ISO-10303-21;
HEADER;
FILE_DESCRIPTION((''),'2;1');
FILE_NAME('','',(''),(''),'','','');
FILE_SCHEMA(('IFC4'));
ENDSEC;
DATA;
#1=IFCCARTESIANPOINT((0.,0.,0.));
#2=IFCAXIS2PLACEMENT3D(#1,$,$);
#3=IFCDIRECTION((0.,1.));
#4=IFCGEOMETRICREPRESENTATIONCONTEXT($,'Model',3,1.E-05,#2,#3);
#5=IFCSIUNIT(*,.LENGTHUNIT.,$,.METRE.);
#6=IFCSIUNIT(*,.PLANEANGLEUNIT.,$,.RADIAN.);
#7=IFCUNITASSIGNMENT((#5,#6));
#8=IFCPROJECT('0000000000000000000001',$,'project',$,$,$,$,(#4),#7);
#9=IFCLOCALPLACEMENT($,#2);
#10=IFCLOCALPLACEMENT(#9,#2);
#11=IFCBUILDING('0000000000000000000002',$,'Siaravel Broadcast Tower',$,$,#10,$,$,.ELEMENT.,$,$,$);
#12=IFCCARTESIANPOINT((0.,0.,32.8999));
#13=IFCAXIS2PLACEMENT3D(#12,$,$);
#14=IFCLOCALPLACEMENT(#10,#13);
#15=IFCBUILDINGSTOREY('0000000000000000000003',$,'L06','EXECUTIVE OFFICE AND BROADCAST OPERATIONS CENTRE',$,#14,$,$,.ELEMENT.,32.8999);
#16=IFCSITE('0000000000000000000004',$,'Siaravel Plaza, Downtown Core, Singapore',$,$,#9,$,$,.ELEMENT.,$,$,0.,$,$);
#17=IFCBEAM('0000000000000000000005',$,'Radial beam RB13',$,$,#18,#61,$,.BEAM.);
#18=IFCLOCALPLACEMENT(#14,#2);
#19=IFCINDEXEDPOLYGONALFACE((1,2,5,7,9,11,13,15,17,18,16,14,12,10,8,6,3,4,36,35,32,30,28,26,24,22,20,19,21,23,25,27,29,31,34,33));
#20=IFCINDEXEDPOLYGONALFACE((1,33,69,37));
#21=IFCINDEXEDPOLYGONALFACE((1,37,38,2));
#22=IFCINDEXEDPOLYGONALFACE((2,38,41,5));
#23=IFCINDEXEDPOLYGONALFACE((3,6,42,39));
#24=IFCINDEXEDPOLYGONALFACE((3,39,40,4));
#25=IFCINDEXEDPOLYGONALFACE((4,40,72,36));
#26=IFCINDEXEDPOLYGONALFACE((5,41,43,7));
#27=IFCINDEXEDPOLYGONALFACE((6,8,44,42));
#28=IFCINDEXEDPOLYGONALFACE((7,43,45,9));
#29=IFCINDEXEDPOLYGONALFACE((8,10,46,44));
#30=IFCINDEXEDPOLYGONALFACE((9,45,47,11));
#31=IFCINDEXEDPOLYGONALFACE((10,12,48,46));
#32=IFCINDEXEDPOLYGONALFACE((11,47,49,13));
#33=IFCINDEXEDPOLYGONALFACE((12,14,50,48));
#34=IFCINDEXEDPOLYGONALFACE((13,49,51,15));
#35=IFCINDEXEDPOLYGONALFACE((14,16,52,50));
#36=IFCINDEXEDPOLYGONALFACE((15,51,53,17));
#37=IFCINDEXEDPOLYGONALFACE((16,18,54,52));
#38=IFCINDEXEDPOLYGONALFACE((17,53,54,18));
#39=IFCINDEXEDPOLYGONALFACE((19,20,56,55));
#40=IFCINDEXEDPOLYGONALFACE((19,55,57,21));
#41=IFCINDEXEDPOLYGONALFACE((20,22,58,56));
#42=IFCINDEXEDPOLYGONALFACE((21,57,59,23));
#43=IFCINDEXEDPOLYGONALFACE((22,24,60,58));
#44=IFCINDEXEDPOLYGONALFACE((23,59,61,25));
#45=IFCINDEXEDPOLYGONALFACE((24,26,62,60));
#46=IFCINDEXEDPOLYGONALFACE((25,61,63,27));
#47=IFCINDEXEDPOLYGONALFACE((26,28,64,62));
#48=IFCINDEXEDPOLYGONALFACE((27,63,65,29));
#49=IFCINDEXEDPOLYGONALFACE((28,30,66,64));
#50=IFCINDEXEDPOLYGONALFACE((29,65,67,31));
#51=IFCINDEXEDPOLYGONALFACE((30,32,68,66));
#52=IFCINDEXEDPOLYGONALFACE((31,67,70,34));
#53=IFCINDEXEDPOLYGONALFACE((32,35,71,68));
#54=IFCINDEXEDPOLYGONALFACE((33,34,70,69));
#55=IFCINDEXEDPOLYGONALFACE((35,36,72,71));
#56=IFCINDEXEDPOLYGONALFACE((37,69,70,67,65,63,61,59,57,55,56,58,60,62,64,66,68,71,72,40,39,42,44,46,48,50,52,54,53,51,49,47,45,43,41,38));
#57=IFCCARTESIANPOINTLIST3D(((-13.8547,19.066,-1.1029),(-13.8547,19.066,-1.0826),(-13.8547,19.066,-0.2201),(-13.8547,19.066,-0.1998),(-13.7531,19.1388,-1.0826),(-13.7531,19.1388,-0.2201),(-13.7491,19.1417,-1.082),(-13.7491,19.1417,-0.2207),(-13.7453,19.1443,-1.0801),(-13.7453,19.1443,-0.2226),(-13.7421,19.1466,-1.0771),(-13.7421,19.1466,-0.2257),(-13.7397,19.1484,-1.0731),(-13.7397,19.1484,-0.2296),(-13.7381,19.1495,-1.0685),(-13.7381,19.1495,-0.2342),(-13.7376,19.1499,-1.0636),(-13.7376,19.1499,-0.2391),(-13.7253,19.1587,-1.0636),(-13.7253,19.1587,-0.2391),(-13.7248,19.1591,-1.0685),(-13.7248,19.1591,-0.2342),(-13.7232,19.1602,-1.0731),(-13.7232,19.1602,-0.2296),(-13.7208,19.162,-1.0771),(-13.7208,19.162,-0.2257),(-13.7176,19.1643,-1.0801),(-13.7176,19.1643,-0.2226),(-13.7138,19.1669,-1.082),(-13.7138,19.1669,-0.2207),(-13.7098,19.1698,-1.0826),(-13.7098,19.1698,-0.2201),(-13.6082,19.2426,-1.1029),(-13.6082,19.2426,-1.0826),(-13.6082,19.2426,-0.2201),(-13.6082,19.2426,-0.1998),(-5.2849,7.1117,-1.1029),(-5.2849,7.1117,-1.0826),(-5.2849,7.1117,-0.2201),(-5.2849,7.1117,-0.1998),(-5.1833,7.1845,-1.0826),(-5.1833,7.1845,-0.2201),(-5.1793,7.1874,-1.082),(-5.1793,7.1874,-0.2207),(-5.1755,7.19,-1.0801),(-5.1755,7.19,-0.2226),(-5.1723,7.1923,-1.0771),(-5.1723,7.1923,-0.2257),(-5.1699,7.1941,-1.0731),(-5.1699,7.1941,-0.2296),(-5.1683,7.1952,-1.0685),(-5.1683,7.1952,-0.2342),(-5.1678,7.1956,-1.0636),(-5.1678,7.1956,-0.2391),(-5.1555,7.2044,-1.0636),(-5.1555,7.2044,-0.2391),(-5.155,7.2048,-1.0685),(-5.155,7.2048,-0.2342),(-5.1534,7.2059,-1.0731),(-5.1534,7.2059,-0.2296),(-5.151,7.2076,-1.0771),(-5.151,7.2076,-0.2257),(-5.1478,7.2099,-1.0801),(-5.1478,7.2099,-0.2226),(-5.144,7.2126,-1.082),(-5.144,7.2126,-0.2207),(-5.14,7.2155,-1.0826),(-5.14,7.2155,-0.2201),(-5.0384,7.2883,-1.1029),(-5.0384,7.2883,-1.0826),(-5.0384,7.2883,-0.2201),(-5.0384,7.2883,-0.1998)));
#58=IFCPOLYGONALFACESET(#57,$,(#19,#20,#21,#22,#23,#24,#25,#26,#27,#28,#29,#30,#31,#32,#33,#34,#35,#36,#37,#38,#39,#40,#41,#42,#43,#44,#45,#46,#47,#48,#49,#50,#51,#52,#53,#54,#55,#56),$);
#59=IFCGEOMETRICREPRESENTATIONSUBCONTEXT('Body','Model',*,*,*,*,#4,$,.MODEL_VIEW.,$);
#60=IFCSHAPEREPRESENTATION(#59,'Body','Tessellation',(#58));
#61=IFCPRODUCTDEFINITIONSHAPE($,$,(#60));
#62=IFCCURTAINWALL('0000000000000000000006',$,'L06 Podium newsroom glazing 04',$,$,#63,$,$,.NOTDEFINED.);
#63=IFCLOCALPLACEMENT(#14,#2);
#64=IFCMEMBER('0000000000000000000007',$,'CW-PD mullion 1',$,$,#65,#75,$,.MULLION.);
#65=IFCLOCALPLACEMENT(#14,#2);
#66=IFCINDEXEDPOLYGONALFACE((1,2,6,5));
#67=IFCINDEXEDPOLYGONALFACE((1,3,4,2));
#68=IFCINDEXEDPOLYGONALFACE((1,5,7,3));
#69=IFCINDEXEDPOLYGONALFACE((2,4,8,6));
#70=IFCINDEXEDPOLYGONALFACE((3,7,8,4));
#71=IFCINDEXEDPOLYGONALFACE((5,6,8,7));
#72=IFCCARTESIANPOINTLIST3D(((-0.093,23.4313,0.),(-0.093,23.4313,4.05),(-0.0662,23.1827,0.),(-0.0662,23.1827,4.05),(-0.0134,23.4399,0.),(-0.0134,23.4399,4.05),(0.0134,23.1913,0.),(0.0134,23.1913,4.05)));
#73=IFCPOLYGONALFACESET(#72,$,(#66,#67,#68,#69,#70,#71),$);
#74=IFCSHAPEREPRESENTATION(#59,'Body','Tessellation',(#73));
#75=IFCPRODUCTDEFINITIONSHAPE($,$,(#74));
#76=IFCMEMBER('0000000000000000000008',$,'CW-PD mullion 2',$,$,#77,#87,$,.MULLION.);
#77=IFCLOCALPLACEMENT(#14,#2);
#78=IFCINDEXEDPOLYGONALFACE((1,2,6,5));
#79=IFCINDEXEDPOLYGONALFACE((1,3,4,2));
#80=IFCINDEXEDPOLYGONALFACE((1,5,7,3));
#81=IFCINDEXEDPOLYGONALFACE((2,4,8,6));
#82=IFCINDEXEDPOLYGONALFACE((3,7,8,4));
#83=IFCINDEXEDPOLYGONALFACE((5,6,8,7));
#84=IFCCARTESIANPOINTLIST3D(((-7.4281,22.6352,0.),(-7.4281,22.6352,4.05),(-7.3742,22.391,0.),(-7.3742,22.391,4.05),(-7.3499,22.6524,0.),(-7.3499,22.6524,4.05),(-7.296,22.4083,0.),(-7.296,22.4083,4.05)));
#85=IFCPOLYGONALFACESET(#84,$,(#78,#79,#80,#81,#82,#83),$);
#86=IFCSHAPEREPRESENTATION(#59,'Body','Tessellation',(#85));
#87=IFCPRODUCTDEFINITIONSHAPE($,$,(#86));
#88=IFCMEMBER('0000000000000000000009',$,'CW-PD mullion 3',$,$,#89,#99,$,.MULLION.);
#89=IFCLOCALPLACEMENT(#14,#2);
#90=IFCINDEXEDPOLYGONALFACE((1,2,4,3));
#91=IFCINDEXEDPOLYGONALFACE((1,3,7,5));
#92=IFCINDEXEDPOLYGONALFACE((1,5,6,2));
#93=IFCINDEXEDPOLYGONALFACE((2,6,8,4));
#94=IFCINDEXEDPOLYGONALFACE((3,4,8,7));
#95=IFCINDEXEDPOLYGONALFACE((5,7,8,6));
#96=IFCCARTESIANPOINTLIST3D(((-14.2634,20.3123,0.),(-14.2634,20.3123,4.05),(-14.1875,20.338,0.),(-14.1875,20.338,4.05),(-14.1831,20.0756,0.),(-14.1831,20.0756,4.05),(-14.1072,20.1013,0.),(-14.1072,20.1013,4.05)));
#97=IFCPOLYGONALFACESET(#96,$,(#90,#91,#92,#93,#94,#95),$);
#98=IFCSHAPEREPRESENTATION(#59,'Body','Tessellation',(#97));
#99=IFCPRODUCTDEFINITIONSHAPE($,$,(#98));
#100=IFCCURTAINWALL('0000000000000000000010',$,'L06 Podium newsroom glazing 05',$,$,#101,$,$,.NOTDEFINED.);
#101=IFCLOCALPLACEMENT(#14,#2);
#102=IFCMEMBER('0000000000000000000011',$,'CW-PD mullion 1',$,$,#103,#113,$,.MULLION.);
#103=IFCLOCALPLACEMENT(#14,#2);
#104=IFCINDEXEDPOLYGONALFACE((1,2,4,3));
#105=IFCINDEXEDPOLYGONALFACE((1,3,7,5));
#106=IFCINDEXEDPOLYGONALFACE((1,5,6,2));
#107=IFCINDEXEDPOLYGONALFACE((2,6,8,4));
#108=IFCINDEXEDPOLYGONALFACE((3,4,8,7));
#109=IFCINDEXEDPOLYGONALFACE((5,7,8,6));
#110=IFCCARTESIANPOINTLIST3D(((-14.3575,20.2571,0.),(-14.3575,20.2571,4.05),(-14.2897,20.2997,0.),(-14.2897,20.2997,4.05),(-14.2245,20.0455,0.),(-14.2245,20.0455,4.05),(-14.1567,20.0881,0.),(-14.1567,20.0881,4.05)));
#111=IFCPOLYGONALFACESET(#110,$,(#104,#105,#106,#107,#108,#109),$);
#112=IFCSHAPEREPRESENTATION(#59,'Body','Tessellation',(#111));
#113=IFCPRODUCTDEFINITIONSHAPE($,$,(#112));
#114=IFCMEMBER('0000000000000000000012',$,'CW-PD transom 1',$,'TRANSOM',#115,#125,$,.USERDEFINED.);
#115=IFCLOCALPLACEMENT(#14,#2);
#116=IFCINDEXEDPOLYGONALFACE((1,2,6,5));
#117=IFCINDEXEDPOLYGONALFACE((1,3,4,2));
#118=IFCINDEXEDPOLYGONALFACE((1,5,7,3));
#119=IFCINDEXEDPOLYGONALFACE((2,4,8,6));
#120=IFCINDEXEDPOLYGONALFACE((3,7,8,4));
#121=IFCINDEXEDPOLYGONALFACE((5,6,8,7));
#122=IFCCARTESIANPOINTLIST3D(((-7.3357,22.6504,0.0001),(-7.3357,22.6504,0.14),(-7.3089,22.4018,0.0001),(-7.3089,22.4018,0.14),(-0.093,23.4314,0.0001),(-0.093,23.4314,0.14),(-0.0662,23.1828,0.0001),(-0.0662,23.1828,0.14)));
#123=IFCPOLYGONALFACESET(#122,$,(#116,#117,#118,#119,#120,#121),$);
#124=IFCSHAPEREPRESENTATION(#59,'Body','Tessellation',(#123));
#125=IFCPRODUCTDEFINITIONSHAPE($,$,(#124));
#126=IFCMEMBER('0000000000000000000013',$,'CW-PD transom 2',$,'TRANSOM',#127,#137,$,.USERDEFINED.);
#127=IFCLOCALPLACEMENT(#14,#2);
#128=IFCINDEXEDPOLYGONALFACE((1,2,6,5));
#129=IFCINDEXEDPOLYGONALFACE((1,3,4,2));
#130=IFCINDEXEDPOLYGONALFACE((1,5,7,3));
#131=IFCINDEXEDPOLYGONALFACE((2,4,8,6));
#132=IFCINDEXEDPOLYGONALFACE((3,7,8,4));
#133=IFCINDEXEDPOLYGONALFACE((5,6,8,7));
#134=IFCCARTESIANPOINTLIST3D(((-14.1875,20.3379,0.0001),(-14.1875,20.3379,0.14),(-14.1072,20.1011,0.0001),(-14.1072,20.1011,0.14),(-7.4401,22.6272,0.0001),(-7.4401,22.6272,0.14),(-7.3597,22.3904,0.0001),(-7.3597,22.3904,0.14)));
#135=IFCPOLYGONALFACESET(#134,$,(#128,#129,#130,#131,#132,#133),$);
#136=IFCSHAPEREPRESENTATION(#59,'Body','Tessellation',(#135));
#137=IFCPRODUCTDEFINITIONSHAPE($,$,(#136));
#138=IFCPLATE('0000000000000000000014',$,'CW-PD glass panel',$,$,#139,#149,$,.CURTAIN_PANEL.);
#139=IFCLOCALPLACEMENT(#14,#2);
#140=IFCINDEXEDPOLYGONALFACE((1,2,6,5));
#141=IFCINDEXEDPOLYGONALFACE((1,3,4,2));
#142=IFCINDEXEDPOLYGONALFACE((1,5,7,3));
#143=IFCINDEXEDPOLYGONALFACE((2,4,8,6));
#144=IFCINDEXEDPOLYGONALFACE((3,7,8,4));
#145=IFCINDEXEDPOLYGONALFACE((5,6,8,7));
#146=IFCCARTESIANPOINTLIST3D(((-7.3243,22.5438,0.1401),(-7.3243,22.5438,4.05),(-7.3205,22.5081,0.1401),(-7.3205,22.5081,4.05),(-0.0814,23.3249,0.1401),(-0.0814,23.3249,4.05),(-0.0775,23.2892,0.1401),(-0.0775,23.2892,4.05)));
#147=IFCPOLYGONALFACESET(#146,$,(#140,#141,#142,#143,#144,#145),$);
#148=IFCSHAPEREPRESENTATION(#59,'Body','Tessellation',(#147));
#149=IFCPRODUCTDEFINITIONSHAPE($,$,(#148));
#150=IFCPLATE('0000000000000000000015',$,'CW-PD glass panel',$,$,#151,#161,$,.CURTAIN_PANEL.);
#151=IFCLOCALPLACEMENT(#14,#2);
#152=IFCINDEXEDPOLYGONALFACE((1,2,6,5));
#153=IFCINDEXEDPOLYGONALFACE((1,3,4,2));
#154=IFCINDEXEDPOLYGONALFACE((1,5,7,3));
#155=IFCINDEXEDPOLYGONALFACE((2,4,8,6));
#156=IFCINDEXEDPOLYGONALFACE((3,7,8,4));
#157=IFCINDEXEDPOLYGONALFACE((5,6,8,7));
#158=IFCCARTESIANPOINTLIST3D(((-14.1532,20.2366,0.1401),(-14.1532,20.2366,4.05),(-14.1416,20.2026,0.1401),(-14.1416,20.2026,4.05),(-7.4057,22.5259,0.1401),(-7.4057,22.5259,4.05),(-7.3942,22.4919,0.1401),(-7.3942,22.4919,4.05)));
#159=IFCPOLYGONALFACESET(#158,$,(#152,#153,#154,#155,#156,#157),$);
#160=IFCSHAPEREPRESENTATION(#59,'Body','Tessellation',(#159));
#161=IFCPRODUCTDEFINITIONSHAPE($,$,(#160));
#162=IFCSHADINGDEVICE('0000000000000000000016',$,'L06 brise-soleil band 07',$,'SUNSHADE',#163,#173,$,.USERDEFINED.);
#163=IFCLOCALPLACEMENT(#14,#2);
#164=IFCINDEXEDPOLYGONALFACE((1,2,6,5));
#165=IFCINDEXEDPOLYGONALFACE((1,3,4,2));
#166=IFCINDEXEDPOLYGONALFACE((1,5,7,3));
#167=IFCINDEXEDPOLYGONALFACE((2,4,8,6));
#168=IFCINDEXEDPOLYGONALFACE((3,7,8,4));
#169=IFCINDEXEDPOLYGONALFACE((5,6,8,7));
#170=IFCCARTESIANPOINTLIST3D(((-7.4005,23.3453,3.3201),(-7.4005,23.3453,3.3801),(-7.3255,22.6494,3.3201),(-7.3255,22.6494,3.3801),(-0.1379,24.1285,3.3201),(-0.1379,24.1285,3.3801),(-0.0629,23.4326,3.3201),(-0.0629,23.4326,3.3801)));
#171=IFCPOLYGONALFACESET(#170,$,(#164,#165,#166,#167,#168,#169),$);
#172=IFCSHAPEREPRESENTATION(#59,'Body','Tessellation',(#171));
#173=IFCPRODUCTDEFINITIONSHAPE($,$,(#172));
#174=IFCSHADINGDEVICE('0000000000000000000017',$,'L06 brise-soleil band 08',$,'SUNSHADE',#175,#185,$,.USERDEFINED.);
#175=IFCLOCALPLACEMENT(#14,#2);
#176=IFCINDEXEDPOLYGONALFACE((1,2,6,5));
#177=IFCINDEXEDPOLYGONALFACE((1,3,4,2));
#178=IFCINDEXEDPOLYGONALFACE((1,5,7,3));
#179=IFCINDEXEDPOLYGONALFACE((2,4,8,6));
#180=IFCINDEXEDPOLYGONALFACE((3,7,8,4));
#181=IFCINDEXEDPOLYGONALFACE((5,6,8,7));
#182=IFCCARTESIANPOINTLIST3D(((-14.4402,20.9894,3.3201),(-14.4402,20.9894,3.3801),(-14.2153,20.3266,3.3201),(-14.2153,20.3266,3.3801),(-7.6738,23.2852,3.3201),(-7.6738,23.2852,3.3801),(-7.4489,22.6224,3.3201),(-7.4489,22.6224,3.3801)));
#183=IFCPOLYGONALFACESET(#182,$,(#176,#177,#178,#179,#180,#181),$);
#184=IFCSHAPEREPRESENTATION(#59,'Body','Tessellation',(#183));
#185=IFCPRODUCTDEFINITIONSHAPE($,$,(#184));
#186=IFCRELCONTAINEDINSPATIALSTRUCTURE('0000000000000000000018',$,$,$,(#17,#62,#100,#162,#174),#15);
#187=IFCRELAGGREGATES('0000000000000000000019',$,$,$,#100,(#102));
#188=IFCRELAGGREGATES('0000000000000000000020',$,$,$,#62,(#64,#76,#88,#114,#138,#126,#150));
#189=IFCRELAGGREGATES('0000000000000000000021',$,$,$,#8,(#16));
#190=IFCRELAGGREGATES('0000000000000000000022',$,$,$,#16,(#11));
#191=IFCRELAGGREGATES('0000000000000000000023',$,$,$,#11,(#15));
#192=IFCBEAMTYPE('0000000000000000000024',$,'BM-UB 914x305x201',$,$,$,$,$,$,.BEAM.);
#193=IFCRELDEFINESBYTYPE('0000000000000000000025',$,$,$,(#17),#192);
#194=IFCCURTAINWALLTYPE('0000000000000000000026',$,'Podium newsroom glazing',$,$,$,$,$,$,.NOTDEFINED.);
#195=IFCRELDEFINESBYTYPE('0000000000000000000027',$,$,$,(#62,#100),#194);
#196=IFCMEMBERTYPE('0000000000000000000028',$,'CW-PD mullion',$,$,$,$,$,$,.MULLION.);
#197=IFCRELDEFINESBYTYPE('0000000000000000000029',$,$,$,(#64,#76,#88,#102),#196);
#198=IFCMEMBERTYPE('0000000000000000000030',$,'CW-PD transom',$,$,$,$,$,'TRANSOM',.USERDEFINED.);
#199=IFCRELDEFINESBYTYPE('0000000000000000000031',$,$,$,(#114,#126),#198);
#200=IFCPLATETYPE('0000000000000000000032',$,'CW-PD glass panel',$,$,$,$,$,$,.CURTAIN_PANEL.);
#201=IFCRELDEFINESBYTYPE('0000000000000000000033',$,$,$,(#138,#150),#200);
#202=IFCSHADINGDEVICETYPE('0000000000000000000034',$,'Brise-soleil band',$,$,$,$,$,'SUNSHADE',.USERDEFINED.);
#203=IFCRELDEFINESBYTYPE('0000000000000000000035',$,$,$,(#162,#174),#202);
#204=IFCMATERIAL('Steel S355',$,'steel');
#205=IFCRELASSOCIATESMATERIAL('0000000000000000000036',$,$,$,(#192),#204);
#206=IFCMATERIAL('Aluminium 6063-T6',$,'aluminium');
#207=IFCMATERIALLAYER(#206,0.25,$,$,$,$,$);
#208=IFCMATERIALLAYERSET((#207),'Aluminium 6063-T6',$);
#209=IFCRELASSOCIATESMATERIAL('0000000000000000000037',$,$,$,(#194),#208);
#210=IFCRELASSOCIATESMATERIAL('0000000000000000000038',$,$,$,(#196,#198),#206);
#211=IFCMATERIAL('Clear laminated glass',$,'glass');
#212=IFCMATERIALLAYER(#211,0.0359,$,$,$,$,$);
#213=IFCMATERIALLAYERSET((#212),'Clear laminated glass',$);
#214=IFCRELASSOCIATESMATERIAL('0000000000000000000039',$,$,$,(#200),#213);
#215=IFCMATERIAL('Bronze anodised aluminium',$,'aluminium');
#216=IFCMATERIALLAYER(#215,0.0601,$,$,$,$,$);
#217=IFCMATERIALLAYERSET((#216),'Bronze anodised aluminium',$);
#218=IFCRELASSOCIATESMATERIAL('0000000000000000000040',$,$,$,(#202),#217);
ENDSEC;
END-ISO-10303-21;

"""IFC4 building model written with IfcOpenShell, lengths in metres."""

from ifc_helpers import new_model, si_unit, direction, frame, origin, origin_2d, place, context, subcontext, project, spatial, rectangle, i_section, extrude, material, layer, layer_set, material_profile, profile_set, type_object, element, aggregate, save


model = new_model("IFC4")

# Units and contexts
model_context = context("Model", 3, precision=1e-05, world=origin(), true_north=direction((0.0, 1.0)))
body_context = subcontext(model_context, "Body", "Model", "MODEL_VIEW")
ifc_project = project(units=[si_unit("LENGTHUNIT", "METRE"), si_unit("PLANEANGLEUNIT", "RADIAN")], contexts=[model_context])

# Site, building, storey
site_placement = place(None, origin())
site = spatial("IfcSite", under=ifc_project, at=site_placement, Name="Siaravel Plaza, Downtown Core, Singapore", CompositionType="ELEMENT", RefElevation=0.0)
building_placement = place(site_placement, origin())
building = spatial("IfcBuilding", under=site, at=building_placement, Name="Siaravel Broadcast Tower", CompositionType="ELEMENT")
storey_placement = place(building_placement, frame((0.0, 0.0, 32.8999)))
storey = spatial("IfcBuildingStorey", under=building, at=storey_placement, Name="L06", Description="EXECUTIVE OFFICE AND BROADCAST OPERATIONS CENTRE", CompositionType="ELEMENT", Elevation=32.8999)

# Beam
ifc_material_1 = material(Name="Steel S355", Category="steel")
ifc_material_profile_1 = material_profile(ifc_material_1, i_section(OverallWidth=0.3032, OverallDepth=0.9031, WebThickness=0.0151, FlangeThickness=0.0203, FilletRadius=0.019, at=origin_2d()))
ifc_profile_set_1 = profile_set([ifc_material_profile_1], Name="Steel S355")
beam_type = type_object("IfcBeamType", Name="BM-UB 914x305x201", PredefinedType="BEAM", material=ifc_profile_set_1)
beam_1_placement = place(storey_placement, frame((-13.7314, 19.1543, -0.6514), z_axis=(0.582633, -0.812735, 0.0), x_axis=(0.812735, 0.582633, 0.0)))
element("IfcBeam", 1, at=beam_1_placement, inside=storey, type_object=beam_type, Name="Radial beam RB13", PredefinedType="BEAM", context=body_context, shape_type="SweptSolid", body=[
    extrude(i_section(OverallWidth=0.3032, OverallDepth=0.9031, WebThickness=0.0151, FlangeThickness=0.0203, FilletRadius=0.019, at=origin_2d()), origin(), (0.0, 0.0, 1.0), 14.7087),
])

# Curtain wall, members
ifc_material_2 = material(Name="Aluminium 6063-T6", Category="aluminium")
ifc_layer_1 = layer(ifc_material_2, 0.25)
ifc_layer_set_1 = layer_set([ifc_layer_1], Name="Aluminium 6063-T6")
curtain_wall_type = type_object("IfcCurtainWallType", Name="Podium newsroom glazing", PredefinedType="NOTDEFINED", material=ifc_layer_set_1)
curtain_wall_1_placement = place(storey_placement, origin())
curtain_wall_1 = element("IfcCurtainWall", 2, at=curtain_wall_1_placement, inside=storey, type_object=curtain_wall_type, Name="L06 Podium newsroom glazing 04", PredefinedType="NOTDEFINED")
ifc_material_profile_2 = material_profile(ifc_material_2, rectangle(XDim=0.25, YDim=0.0801, at=origin_2d()))
ifc_profile_set_2 = profile_set([ifc_material_profile_2], Name="Aluminium 6063-T6")
member_type_1 = type_object("IfcMemberType", Name="CW-PD mullion", PredefinedType="MULLION", material=ifc_profile_set_2)
member_1_placement = place(storey_placement, frame((-0.0398, 23.3113, 0.0), z_axis=(0.0, 0.0, 1.0), x_axis=(0.107217, -0.994236, 0.0)))
member_1 = element("IfcMember", 3, at=member_1_placement, type_object=member_type_1, Name="CW-PD mullion 1", PredefinedType="MULLION", context=body_context, shape_type="SweptSolid", body=[
    extrude(rectangle(XDim=0.25, YDim=0.0801, at=origin_2d()), origin(), (0.0, 0.0, 1.0), 4.05),
])
member_2_placement = place(storey_placement, frame((-7.3621, 22.5217, 0.0), z_axis=(0.0, 0.0, 1.0), x_axis=(0.215558, -0.976491, 0.0)))
member_2 = element("IfcMember", 4, at=member_2_placement, type_object=member_type_1, Name="CW-PD mullion 2", PredefinedType="MULLION", context=body_context, shape_type="SweptSolid", body=[
    extrude(rectangle(XDim=0.25, YDim=0.0801, at=origin_2d()), origin(), (0.0, 0.0, 1.0), 4.05),
])
member_3_placement = place(storey_placement, frame((-14.1853, 20.2068, 0.0), z_axis=(0.0, 0.0, 1.0), x_axis=(0.3213, -0.946977, 0.0)))
member_3 = element("IfcMember", 5, at=member_3_placement, type_object=member_type_1, Name="CW-PD mullion 3", PredefinedType="MULLION", context=body_context, shape_type="SweptSolid", body=[
    extrude(rectangle(XDim=0.25, YDim=0.0801, at=origin_2d()), origin(), (0.0, 0.0, 1.0), 4.05),
])

# Curtain wall, member
curtain_wall_2_placement = place(storey_placement, origin())
curtain_wall_2 = element("IfcCurtainWall", 6, at=curtain_wall_2_placement, inside=storey, type_object=curtain_wall_type, Name="L06 Podium newsroom glazing 05", PredefinedType="NOTDEFINED")
member_4_placement = place(storey_placement, frame((-14.2571, 20.1726, 0.0), z_axis=(0.0, 0.0, 1.0), x_axis=(0.532148, -0.846651, 0.0)))
member_4 = element("IfcMember", 7, at=member_4_placement, type_object=member_type_1, Name="CW-PD mullion 1", PredefinedType="MULLION", context=body_context, shape_type="SweptSolid", body=[
    extrude(rectangle(XDim=0.25, YDim=0.0801, at=origin_2d()), origin(), (0.0, 0.0, 1.0), 4.05),
])
aggregate(curtain_wall_2, [member_4])

# Members
ifc_material_profile_3 = material_profile(ifc_material_2, rectangle(XDim=0.25, YDim=0.1399, at=origin_2d()))
ifc_profile_set_3 = profile_set([ifc_material_profile_3], Name="Aluminium 6063-T6")
member_type_2 = type_object("IfcMemberType", Name="CW-PD transom", ElementType="TRANSOM", PredefinedType="USERDEFINED", material=ifc_profile_set_3)
member_5_placement = place(storey_placement, frame((-0.0796, 23.3071, 0.0701), z_axis=(-0.994236, -0.107212, 0.0), x_axis=(0.107212, -0.994236, 0.0)))
member_5 = element("IfcMember", 8, at=member_5_placement, type_object=member_type_2, Name="CW-PD transom 1", ObjectType="TRANSOM", PredefinedType="USERDEFINED", context=body_context, shape_type="SweptSolid", body=[
    extrude(rectangle(XDim=0.25, YDim=0.1399, at=origin_2d()), origin(), (0.0, 0.0, 1.0), 7.2847),
])
member_6_placement = place(storey_placement, frame((-7.3999, 22.5088, 0.0701), z_axis=(-0.946981, -0.321291, 0.0), x_axis=(0.321291, -0.946981, 0.0)))
member_6 = element("IfcMember", 9, at=member_6_placement, type_object=member_type_2, Name="CW-PD transom 2", ObjectType="TRANSOM", PredefinedType="USERDEFINED", context=body_context, shape_type="SweptSolid", body=[
    extrude(rectangle(XDim=0.25, YDim=0.1399, at=origin_2d()), origin(), (0.0, 0.0, 1.0), 7.1252),
])

# Plates
ifc_material_3 = material(Name="Clear laminated glass", Category="glass")
ifc_layer_2 = layer(ifc_material_3, 0.0359)
ifc_layer_set_2 = layer_set([ifc_layer_2], Name="Clear laminated glass")
plate_type = type_object("IfcPlateType", Name="CW-PD glass panel", PredefinedType="CURTAIN_PANEL", material=ifc_layer_set_2)
plate_1_placement = place(storey_placement, frame((-3.7009, 22.9165, 0.1401), z_axis=(0.0, 0.0, 1.0), x_axis=(-0.994236, -0.107217, 0.0)))
plate_1 = element("IfcPlate", 10, at=plate_1_placement, type_object=plate_type, Name="CW-PD glass panel", PredefinedType="CURTAIN_PANEL", context=body_context, shape_type="SweptSolid", body=[
    extrude(rectangle(XDim=7.2849, YDim=0.0359, at=origin_2d()), origin(), (0.0, 0.0, 1.0), 3.9099),
])
plate_2_placement = place(storey_placement, frame((-10.7737, 21.3643, 0.1401), z_axis=(0.0, 0.0, 1.0), x_axis=(-0.946977, -0.3213, 0.0)))
plate_2 = element("IfcPlate", 11, at=plate_2_placement, type_object=plate_type, Name="CW-PD glass panel", PredefinedType="CURTAIN_PANEL", context=body_context, shape_type="SweptSolid", body=[
    extrude(rectangle(XDim=7.1252, YDim=0.0359, at=origin_2d()), origin(), (0.0, 0.0, 1.0), 3.9099),
])
aggregate(curtain_wall_1, [member_1, member_2, member_3, member_5, plate_1, member_6, plate_2])

# Shading devices
ifc_material_4 = material(Name="Bronze anodised aluminium", Category="aluminium")
ifc_layer_3 = layer(ifc_material_4, 0.0601)
ifc_layer_set_3 = layer_set([ifc_layer_3], Name="Bronze anodised aluminium")
shading_device_type = type_object("IfcShadingDeviceType", Name="Brise-soleil band", ElementType="SUNSHADE", PredefinedType="USERDEFINED", material=ifc_layer_set_3)
shading_device_1_placement = place(storey_placement, frame((-3.7317, 23.3889, 3.3201), z_axis=(0.0, 0.0, 1.0), x_axis=(-0.994236, -0.107217, 0.0)))
element("IfcShadingDevice", 12, at=shading_device_1_placement, inside=storey, type_object=shading_device_type, Name="L06 brise-soleil band 07", ObjectType="SUNSHADE", PredefinedType="USERDEFINED", context=body_context, shape_type="SweptSolid", body=[
    extrude(rectangle(XDim=7.3047, YDim=0.7, at=origin_2d()), origin(), (0.0, 0.0, 1.0), 0.0601),
])
shading_device_2_placement = place(storey_placement, frame((-10.9446, 21.8059, 3.3201), z_axis=(0.0, 0.0, 1.0), x_axis=(-0.946977, -0.321301, 0.0)))
element("IfcShadingDevice", 13, at=shading_device_2_placement, inside=storey, type_object=shading_device_type, Name="L06 brise-soleil band 08", ObjectType="SUNSHADE", PredefinedType="USERDEFINED", context=body_context, shape_type="SweptSolid", body=[
    extrude(rectangle(XDim=7.1453, YDim=0.7, at=origin_2d()), origin(), (0.0, 0.0, 1.0), 0.0601),
])

save(model, "model.ifc")
